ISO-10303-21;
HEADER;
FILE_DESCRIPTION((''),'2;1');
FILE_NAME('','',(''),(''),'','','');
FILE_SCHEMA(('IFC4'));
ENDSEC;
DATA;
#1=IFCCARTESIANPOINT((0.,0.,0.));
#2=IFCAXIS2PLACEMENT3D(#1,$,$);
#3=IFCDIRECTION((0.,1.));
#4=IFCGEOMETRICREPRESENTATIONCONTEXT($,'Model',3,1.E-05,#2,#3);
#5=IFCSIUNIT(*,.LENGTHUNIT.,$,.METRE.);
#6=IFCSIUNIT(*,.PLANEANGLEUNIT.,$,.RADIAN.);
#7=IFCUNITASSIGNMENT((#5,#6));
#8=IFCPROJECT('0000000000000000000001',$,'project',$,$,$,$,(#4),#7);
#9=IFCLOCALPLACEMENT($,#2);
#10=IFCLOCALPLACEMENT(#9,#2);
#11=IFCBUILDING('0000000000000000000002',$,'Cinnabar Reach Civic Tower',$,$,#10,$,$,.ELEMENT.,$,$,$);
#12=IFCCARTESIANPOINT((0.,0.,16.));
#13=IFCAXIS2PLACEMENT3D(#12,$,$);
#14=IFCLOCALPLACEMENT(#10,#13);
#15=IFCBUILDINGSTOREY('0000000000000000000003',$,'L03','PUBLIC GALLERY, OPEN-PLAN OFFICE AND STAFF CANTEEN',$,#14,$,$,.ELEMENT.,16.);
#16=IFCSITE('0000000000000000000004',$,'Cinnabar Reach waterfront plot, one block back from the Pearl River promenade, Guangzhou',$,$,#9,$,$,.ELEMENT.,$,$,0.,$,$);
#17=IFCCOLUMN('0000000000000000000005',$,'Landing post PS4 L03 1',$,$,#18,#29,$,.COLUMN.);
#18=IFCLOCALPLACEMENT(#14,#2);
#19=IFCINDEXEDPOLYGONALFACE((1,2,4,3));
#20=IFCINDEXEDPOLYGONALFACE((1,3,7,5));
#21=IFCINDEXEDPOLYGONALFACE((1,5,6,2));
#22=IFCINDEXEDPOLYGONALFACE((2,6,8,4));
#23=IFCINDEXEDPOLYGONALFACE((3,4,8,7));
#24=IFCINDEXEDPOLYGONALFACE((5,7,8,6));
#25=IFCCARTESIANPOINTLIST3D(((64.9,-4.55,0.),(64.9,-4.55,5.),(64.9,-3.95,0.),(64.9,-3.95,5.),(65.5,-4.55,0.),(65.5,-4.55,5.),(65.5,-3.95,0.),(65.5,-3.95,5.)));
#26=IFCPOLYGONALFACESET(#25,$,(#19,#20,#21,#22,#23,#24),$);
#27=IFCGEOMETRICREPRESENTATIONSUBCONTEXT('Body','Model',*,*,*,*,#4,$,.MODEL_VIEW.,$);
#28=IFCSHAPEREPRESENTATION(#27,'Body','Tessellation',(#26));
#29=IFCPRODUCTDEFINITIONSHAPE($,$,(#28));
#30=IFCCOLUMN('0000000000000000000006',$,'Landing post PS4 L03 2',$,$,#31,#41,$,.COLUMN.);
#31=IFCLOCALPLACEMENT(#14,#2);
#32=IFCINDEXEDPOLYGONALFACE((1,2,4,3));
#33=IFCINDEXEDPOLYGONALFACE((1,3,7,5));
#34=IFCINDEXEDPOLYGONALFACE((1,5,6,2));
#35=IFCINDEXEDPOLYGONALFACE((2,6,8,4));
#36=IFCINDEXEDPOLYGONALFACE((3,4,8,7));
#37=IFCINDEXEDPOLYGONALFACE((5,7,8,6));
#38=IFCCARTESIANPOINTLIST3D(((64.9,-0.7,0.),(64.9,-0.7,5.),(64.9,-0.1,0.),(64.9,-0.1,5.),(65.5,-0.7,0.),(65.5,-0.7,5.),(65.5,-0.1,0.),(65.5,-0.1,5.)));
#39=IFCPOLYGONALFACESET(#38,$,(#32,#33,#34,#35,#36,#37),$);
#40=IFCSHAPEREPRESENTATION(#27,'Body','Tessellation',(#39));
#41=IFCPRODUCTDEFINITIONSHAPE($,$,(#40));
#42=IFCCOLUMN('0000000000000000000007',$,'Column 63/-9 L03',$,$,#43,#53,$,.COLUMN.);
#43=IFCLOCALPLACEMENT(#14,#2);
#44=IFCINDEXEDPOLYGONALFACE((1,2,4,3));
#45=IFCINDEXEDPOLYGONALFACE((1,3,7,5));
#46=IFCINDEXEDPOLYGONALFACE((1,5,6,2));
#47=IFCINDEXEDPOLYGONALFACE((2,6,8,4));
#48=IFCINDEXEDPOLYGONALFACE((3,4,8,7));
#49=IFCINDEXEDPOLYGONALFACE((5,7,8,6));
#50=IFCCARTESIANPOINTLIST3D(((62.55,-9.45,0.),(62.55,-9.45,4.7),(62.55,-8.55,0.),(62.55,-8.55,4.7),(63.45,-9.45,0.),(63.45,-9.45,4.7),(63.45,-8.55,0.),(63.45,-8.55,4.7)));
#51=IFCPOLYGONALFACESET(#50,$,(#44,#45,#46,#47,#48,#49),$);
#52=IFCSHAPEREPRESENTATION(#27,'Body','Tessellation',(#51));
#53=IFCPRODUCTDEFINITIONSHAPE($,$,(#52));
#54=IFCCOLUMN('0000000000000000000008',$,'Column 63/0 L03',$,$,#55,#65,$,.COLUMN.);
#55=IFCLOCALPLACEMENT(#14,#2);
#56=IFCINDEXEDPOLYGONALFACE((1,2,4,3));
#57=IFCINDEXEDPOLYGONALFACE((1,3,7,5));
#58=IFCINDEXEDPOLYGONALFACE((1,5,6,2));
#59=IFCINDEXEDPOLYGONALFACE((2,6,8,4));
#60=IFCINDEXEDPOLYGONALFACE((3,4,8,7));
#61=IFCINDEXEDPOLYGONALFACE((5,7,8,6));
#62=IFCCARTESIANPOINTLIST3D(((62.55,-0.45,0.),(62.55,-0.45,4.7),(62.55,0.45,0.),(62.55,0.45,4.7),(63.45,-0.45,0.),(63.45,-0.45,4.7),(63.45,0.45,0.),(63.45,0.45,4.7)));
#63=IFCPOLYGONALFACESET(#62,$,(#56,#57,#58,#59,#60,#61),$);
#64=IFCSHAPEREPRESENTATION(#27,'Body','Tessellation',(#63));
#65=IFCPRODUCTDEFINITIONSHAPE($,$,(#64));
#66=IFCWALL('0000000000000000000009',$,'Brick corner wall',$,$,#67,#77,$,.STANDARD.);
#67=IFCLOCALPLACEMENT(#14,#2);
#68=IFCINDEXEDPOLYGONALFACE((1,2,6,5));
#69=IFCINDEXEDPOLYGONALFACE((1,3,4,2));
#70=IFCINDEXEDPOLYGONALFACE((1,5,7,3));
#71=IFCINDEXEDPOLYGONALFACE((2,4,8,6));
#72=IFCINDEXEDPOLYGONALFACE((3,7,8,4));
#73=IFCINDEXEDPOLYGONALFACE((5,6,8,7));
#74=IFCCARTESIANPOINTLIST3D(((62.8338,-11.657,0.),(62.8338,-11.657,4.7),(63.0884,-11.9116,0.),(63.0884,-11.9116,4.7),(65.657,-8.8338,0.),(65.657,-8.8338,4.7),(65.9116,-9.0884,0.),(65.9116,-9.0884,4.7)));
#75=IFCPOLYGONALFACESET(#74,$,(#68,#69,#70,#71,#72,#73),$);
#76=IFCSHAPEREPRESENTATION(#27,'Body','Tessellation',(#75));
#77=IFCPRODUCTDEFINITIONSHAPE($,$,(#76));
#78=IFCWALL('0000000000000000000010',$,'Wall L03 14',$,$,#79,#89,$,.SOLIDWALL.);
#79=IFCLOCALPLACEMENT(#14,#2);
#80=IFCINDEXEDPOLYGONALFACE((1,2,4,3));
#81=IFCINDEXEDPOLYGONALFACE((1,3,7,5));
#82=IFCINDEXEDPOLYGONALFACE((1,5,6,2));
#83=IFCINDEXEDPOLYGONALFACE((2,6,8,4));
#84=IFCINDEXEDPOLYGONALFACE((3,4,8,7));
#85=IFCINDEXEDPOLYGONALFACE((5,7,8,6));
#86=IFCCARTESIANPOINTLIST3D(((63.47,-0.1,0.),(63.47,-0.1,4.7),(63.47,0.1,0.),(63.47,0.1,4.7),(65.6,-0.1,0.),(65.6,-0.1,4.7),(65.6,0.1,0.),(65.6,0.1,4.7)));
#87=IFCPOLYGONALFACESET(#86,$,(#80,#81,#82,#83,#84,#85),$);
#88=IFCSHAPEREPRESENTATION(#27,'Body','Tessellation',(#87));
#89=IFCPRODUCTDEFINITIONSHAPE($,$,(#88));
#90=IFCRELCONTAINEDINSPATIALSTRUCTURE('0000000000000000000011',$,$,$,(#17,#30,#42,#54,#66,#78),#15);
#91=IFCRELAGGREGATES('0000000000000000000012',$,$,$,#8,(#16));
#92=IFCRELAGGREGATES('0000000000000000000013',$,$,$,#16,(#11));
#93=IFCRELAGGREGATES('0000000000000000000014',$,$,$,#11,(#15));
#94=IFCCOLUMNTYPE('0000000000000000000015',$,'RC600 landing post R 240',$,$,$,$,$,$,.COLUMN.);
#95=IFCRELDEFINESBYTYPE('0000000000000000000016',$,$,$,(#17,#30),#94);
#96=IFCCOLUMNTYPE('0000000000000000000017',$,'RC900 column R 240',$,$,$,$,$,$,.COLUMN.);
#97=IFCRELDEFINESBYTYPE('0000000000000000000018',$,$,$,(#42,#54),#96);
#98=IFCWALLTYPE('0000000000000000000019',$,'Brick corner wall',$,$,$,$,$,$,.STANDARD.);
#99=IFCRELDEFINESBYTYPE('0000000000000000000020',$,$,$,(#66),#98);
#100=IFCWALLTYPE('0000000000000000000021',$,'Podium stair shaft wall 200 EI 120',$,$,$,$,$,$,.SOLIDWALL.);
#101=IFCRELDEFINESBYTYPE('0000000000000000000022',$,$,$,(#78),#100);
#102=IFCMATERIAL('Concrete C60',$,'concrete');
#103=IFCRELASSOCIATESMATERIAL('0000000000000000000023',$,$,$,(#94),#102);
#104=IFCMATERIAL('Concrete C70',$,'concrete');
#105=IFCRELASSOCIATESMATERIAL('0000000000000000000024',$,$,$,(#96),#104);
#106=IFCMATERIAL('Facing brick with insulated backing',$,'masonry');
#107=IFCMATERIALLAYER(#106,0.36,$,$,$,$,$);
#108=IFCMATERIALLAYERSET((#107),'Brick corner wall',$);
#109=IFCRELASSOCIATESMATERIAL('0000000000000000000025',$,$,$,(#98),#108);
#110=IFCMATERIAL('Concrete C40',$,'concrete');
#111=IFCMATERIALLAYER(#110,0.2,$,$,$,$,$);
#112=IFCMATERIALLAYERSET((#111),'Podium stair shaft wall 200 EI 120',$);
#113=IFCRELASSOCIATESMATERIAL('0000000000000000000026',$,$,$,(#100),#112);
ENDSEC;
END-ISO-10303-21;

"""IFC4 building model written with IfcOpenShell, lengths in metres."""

from ifc_helpers import new_model, si_unit, direction, frame, frame_2d, origin, origin_2d, place, context, subcontext, project, spatial, rectangle, extrude, material, layer, layer_set, material_profile, profile_set, type_object, element, save


model = new_model("IFC4")

# Units and contexts
model_context = context("Model", 3, precision=1e-05, world=origin(), true_north=direction((0.0, 1.0)))
body_context = subcontext(model_context, "Body", "Model", "MODEL_VIEW")
ifc_project = project(units=[si_unit("LENGTHUNIT", "METRE"), si_unit("PLANEANGLEUNIT", "RADIAN")], contexts=[model_context])

# Site, building, storey
site_placement = place(None, origin())
site = spatial("IfcSite", under=ifc_project, at=site_placement, Name="Cinnabar Reach waterfront plot, one block back from the Pearl River promenade, Guangzhou", CompositionType="ELEMENT", RefElevation=0.0)
building_placement = place(site_placement, origin())
building = spatial("IfcBuilding", under=site, at=building_placement, Name="Cinnabar Reach Civic Tower", CompositionType="ELEMENT")
storey_placement = place(building_placement, frame((0.0, 0.0, 16.0)))
storey = spatial("IfcBuildingStorey", under=building, at=storey_placement, Name="L03", Description="PUBLIC GALLERY, OPEN-PLAN OFFICE AND STAFF CANTEEN", CompositionType="ELEMENT", Elevation=16.0)

# Columns
ifc_material_1 = material(Name="Concrete C60", Category="concrete")
ifc_material_profile_1 = material_profile(ifc_material_1, rectangle(XDim=0.6, YDim=0.6, at=origin_2d()), Name="RC600")
ifc_profile_set_1 = profile_set([ifc_material_profile_1], Name="Concrete C60")
column_type_1 = type_object("IfcColumnType", Name="RC600 landing post R 240", PredefinedType="COLUMN", material=ifc_profile_set_1)
for number, where, z_axis, x_axis, name in (
    (1, (65.2, -4.25, 0.0), (0.0, 0.0, 1.0), (1.0, 0.0, 0.0), "Landing post PS4 L03 1"),
    (2, (65.2, -0.4, 0.0), (0.0, 0.0, 1.0), (1.0, 0.0, 0.0), "Landing post PS4 L03 2"),
):
    element("IfcColumn", number, at=place(storey_placement, frame(where, z_axis=z_axis, x_axis=x_axis)), inside=storey, type_object=column_type_1, Name=name, PredefinedType="COLUMN", context=body_context, shape_type="SweptSolid", body=[
        extrude(rectangle(XDim=0.6, YDim=0.6, at=origin_2d()), origin(), (0.0, 0.0, 1.0), 5.0),
    ])
ifc_material_2 = material(Name="Concrete C70", Category="concrete")
ifc_material_profile_2 = material_profile(ifc_material_2, rectangle(XDim=0.9, YDim=0.9, at=origin_2d()), Name="RC900")
ifc_profile_set_2 = profile_set([ifc_material_profile_2], Name="Concrete C70")
column_type_2 = type_object("IfcColumnType", Name="RC900 column R 240", PredefinedType="COLUMN", material=ifc_profile_set_2)
for number, where, z_axis, x_axis, name in (
    (3, (63.0, -9.0, 0.0), (0.0, 0.0, 1.0), (1.0, 0.0, 0.0), "Column 63/-9 L03"),
    (4, (63.0, 0.0, 0.0), (0.0, 0.0, 1.0), (1.0, 0.0, 0.0), "Column 63/0 L03"),
):
    element("IfcColumn", number, at=place(storey_placement, frame(where, z_axis=z_axis, x_axis=x_axis)), inside=storey, type_object=column_type_2, Name=name, PredefinedType="COLUMN", context=body_context, shape_type="SweptSolid", body=[
        extrude(rectangle(XDim=0.9, YDim=0.9, at=origin_2d()), origin(), (0.0, 0.0, 1.0), 4.7),
    ])

# Wall
ifc_material_3 = material(Name="Facing brick with insulated backing", Category="masonry")
ifc_layer_1 = layer(ifc_material_3, 0.36)
ifc_layer_set_1 = layer_set([ifc_layer_1], Name="Brick corner wall")
wall_type_1 = type_object("IfcWallType", Name="Brick corner wall", PredefinedType="STANDARD", material=ifc_layer_set_1)
wall_1_placement = place(storey_placement, frame((62.9611, -11.7843, 0.0), z_axis=(0.0, 0.0, 1.0), x_axis=(0.707107, 0.707107, 0.0)))
element("IfcWall", 5, at=wall_1_placement, inside=storey, type_object=wall_type_1, Name="Brick corner wall", PredefinedType="STANDARD", context=body_context, shape_type="SweptSolid", body=[
    extrude(rectangle(XDim=3.9926, YDim=0.36, at=frame_2d((1.9963, 0.0))), origin(), (0.0, 0.0, 1.0), 4.7),
])

# Wall
ifc_material_4 = material(Name="Concrete C40", Category="concrete")
ifc_layer_2 = layer(ifc_material_4, 0.2)
ifc_layer_set_2 = layer_set([ifc_layer_2], Name="Podium stair shaft wall 200 EI 120")
wall_type_2 = type_object("IfcWallType", Name="Podium stair shaft wall 200 EI 120", PredefinedType="SOLIDWALL", material=ifc_layer_set_2)
wall_2_placement = place(storey_placement, frame((63.47, 0.0, 0.0), z_axis=(0.0, 0.0, 1.0), x_axis=(1.0, 0.0, 0.0)))
element("IfcWall", 6, at=wall_2_placement, inside=storey, type_object=wall_type_2, Name="Wall L03 14", PredefinedType="SOLIDWALL", context=body_context, shape_type="SweptSolid", body=[
    extrude(rectangle(XDim=2.13, YDim=0.2, at=frame_2d((1.065, 0.0))), origin(), (0.0, 0.0, 1.0), 4.7),
])

save(model, "model.ifc")
